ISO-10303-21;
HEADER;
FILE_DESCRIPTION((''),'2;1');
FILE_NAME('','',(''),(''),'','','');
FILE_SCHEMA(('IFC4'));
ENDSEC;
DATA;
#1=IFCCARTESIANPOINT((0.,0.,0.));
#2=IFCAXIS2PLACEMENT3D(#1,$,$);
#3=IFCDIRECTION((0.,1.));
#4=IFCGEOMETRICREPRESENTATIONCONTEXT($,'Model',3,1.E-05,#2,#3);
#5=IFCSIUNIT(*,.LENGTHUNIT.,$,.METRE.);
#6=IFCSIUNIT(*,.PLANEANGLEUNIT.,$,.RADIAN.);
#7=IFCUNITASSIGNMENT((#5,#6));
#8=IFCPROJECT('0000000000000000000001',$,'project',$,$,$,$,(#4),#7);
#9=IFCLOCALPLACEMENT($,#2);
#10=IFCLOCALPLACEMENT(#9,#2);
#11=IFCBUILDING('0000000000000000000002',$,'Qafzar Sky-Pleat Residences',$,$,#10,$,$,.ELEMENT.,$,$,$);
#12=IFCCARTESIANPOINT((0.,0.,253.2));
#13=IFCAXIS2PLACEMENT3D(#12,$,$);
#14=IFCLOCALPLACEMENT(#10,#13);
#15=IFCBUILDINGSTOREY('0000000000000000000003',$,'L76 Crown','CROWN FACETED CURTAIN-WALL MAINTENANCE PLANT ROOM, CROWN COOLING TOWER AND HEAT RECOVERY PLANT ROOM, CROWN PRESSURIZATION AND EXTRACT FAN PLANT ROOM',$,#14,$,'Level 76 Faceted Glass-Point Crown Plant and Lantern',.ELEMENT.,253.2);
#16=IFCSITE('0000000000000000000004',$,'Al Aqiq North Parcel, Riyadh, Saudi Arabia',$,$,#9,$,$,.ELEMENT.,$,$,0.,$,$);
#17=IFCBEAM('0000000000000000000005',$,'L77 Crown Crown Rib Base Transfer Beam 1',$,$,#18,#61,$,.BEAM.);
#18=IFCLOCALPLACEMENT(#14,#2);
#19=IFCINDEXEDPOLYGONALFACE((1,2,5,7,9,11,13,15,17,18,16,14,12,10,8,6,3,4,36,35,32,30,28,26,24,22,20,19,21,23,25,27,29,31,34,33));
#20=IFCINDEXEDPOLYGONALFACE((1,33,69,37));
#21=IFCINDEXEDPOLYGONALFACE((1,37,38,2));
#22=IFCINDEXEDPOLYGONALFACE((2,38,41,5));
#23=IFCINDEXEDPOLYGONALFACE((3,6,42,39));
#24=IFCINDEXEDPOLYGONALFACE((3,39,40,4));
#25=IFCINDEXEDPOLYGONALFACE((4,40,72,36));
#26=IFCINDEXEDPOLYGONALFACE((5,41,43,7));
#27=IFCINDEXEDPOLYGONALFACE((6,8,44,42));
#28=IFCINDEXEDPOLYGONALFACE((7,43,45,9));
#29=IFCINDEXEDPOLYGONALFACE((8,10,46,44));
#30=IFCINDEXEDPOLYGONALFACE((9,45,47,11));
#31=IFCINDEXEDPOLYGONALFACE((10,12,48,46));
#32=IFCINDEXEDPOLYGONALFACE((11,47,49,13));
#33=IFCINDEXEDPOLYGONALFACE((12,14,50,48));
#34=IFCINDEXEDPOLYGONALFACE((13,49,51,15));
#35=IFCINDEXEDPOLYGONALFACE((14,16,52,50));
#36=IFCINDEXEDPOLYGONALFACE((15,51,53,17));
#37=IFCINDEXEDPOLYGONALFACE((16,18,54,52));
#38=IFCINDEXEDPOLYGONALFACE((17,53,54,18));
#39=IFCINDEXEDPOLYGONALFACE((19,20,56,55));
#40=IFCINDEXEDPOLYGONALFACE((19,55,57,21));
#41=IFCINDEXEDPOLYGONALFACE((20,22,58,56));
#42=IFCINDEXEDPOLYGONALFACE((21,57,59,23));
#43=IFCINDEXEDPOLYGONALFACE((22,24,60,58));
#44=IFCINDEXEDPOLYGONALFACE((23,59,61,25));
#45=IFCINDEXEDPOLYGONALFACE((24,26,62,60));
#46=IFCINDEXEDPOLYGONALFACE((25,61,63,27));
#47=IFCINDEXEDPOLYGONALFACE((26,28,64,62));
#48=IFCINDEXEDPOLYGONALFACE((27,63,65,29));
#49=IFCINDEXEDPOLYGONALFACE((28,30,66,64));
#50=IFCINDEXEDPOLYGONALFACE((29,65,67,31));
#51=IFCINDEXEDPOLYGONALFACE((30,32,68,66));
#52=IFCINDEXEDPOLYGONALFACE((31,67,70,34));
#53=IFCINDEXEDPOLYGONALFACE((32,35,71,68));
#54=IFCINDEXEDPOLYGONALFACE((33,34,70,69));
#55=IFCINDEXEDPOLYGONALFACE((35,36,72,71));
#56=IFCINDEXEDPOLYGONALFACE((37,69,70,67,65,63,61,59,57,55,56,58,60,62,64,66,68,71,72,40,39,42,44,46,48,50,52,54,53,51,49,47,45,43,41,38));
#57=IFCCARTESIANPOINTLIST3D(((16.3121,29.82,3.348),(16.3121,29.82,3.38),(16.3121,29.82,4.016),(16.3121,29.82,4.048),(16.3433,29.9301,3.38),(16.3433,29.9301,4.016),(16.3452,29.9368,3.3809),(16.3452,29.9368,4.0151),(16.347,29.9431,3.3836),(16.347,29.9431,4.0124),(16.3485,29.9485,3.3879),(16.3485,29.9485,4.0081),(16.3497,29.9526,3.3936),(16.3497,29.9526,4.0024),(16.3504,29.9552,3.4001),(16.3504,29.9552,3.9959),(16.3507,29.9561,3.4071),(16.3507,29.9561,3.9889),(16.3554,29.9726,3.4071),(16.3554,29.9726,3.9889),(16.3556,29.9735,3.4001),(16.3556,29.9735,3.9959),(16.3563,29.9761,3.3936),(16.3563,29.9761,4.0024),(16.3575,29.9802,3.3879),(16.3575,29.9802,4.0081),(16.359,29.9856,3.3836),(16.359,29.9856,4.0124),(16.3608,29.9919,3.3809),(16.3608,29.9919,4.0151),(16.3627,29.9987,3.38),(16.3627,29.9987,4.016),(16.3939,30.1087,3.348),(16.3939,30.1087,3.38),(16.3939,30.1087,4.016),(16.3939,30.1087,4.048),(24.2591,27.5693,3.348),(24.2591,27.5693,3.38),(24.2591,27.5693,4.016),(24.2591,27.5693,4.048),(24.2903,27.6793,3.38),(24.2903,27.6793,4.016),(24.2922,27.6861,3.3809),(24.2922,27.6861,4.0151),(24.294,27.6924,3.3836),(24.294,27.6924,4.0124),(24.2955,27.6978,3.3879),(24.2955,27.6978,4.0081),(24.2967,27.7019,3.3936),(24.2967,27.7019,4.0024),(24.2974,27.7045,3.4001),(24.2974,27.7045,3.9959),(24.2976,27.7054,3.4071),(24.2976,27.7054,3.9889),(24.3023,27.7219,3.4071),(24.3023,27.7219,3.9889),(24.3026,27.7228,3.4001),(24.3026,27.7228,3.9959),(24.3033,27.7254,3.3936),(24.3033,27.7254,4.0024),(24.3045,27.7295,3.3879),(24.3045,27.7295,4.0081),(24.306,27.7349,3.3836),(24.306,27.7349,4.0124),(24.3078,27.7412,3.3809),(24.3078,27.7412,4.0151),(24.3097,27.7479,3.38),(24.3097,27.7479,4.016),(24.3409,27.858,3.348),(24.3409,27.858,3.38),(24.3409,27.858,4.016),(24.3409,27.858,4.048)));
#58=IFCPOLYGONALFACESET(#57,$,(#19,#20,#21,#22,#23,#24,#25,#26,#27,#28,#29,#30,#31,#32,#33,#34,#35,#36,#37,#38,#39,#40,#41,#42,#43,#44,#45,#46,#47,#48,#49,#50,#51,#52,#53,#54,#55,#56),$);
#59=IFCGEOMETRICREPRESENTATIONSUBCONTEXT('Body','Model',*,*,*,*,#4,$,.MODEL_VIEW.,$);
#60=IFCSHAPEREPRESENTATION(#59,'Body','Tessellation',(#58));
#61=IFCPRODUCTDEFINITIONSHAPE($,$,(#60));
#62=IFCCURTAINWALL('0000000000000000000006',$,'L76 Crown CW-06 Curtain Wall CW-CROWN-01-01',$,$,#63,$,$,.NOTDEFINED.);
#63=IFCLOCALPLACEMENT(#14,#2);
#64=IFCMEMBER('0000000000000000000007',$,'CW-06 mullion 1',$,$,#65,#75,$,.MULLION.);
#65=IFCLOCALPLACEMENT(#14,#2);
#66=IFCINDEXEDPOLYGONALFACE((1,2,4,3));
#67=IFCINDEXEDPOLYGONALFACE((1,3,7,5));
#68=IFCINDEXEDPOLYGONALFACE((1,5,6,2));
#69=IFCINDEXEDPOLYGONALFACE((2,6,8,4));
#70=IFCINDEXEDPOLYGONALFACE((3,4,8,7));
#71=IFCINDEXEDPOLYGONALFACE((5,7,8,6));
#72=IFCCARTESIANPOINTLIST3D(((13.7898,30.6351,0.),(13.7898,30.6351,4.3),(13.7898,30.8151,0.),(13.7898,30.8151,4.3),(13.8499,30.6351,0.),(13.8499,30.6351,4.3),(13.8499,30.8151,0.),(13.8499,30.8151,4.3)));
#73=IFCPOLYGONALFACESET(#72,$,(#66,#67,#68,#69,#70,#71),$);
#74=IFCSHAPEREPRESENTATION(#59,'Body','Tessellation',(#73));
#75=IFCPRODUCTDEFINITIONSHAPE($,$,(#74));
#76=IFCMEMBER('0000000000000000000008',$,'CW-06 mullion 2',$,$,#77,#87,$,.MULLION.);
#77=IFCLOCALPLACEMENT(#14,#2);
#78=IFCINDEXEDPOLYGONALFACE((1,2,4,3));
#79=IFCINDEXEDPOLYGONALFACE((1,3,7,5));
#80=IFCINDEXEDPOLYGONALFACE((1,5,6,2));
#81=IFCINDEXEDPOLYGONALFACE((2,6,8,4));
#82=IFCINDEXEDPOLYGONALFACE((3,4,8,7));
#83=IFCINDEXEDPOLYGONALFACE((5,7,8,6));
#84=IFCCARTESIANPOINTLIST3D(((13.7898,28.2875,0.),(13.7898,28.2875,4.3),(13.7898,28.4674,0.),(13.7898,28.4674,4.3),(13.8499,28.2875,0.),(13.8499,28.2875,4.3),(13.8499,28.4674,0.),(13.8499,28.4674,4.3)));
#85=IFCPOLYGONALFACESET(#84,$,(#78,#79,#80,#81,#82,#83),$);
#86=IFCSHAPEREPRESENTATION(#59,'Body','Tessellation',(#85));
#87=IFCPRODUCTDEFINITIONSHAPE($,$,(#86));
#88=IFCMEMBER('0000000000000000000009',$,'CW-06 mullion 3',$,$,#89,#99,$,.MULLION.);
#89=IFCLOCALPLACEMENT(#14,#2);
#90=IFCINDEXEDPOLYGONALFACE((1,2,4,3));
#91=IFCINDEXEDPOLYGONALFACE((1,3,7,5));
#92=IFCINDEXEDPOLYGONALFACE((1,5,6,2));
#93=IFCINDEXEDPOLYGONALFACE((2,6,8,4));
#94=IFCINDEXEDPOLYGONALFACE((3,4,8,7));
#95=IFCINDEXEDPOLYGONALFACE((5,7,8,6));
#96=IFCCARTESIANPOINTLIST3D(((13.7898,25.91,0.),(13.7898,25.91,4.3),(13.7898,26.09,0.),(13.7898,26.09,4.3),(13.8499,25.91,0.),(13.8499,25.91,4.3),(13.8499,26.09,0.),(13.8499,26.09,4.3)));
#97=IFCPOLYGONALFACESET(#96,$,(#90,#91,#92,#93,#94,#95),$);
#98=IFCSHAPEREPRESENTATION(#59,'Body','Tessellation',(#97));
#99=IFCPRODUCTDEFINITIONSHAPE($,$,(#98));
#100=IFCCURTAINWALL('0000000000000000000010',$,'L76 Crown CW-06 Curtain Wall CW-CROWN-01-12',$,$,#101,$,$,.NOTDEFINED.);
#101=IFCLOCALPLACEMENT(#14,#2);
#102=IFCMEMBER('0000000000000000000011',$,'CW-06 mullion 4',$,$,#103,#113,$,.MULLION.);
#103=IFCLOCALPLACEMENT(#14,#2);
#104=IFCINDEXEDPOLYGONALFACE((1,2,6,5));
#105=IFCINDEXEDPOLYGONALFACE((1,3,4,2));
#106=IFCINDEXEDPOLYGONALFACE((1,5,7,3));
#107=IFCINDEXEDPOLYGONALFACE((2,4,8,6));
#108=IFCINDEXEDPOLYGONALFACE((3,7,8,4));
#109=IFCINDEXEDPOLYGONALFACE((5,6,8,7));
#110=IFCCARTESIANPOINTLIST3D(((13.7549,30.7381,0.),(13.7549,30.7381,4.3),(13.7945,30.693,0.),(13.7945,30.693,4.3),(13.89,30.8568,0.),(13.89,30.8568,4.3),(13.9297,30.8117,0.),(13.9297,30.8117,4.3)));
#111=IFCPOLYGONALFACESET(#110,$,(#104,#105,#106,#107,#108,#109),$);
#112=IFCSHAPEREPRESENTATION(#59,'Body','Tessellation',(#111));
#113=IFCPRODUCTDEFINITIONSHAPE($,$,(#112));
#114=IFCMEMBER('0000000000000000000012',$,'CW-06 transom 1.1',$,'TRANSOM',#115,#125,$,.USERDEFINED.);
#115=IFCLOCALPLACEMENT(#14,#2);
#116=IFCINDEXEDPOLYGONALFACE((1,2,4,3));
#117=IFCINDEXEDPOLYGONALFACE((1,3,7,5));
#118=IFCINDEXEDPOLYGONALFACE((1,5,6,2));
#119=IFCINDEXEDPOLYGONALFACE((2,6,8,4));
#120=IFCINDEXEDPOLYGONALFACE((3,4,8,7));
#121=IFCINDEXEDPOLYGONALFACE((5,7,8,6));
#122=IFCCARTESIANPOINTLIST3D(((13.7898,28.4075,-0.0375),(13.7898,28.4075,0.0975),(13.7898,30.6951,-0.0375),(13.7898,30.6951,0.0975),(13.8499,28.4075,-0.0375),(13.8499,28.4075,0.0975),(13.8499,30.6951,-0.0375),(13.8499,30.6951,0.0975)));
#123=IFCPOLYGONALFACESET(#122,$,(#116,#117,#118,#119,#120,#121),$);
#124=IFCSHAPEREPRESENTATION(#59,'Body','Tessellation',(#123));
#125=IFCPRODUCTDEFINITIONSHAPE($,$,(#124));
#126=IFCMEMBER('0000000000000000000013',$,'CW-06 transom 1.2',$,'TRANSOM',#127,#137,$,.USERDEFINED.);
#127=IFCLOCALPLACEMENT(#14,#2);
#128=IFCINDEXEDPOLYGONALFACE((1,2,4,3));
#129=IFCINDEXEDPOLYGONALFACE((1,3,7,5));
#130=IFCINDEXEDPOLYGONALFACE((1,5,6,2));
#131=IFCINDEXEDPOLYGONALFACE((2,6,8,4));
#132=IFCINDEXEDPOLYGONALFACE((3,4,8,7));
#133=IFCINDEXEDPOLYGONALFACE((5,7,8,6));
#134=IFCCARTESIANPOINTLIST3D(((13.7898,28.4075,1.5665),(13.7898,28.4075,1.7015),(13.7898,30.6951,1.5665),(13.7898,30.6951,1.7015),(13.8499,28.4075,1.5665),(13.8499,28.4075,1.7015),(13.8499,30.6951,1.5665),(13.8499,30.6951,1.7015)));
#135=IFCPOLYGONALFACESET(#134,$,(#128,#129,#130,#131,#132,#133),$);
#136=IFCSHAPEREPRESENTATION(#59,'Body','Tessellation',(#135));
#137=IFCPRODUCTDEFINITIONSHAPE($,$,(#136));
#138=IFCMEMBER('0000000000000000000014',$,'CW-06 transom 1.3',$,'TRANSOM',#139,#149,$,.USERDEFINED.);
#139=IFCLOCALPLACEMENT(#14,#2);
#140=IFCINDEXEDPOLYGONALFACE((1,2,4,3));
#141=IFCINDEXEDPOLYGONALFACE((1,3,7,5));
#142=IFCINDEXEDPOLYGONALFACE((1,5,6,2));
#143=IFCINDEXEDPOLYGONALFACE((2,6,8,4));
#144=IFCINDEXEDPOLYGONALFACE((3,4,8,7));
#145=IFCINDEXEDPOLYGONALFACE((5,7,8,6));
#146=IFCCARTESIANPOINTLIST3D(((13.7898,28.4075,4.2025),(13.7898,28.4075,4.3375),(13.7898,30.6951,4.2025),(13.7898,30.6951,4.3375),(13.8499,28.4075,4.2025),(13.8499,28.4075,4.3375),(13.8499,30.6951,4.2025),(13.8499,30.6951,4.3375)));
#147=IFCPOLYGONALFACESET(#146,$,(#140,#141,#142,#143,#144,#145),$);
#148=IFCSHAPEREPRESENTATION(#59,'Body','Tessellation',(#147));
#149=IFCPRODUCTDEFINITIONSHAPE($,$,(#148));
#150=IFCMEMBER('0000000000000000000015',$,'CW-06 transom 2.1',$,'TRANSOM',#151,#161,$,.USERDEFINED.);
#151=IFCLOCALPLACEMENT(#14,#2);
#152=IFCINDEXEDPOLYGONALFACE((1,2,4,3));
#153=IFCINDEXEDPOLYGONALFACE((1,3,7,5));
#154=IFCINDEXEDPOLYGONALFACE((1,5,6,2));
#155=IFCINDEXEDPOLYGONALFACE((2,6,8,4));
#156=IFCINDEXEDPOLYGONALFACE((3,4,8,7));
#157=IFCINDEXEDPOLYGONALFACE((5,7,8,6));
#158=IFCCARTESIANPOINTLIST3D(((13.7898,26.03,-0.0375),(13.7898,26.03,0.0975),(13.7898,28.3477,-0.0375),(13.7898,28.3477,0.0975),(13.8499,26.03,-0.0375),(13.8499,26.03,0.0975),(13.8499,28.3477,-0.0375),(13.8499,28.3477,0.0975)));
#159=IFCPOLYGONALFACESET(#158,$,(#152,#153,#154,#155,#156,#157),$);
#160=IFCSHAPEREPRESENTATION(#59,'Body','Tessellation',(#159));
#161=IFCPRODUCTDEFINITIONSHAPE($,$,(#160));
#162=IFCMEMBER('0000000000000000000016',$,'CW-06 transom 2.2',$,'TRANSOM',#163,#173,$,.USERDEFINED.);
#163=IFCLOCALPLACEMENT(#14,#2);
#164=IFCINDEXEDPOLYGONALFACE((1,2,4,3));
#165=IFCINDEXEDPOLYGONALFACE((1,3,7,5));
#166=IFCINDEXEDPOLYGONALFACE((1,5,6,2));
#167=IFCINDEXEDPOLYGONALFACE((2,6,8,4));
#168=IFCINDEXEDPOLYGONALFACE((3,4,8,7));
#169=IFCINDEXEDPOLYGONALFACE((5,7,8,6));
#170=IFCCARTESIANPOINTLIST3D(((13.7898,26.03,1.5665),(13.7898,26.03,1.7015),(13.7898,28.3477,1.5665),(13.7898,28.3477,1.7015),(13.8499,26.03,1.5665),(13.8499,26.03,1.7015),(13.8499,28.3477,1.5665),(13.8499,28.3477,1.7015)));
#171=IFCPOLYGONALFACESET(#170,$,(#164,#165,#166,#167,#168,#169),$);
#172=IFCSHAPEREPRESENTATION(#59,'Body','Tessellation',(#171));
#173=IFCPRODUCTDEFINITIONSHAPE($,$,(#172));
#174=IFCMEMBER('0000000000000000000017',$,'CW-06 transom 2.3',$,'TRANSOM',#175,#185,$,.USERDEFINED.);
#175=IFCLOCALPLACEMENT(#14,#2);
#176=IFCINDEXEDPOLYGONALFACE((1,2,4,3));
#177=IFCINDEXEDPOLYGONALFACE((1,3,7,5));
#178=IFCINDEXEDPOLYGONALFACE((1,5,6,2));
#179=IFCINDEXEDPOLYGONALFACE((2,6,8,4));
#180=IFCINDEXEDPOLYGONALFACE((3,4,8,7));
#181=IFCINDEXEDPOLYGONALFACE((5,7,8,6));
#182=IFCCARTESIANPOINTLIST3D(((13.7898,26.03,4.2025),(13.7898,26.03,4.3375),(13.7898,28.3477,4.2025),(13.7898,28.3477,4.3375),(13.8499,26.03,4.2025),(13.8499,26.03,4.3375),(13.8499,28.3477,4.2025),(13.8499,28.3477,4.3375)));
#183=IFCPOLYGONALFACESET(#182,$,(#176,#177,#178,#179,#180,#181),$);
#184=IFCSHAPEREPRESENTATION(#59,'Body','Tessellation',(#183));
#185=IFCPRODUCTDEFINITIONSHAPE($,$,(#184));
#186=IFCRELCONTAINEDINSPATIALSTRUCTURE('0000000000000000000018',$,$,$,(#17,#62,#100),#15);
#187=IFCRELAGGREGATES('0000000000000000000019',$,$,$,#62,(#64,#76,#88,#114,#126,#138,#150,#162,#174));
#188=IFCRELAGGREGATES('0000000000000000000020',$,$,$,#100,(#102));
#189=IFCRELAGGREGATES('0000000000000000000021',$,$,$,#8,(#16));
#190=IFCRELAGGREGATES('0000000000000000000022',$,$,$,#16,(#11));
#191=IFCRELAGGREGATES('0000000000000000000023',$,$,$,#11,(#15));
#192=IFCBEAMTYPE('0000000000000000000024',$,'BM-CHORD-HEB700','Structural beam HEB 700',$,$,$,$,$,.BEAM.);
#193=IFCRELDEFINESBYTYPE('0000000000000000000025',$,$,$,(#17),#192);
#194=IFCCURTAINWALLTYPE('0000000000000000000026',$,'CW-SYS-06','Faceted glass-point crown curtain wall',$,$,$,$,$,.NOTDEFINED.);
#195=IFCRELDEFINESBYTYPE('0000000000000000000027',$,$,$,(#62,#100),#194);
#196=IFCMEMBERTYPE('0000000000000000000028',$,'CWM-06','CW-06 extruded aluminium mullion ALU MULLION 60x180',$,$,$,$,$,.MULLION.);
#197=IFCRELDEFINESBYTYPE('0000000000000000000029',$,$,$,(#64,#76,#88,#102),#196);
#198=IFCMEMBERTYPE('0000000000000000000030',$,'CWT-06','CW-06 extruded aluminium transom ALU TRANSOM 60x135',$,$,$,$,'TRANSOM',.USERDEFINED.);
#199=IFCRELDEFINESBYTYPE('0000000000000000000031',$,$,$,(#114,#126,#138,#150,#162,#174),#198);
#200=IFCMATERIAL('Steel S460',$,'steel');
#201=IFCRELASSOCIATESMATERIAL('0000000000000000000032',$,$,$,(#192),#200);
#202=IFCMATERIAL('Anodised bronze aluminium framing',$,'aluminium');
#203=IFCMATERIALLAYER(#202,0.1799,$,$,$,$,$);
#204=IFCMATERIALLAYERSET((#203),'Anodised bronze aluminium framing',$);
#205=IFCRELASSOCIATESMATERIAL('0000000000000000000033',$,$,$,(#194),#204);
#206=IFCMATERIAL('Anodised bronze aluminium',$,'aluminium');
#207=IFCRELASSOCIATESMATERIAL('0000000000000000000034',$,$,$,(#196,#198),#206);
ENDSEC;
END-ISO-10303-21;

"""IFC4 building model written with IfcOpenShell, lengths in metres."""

from ifc_helpers import new_model, si_unit, direction, frame, origin, origin_2d, place, context, subcontext, project, spatial, rectangle, i_section, extrude, source, transform, mapped, material, layer, layer_set, material_profile, profile_set, type_object, element, aggregate, save


model = new_model("IFC4")

# Units and contexts
model_context = context("Model", 3, precision=1e-05, world=origin(), true_north=direction((0.0, 1.0)))
body_context = subcontext(model_context, "Body", "Model", "MODEL_VIEW")
ifc_project = project(units=[si_unit("LENGTHUNIT", "METRE"), si_unit("PLANEANGLEUNIT", "RADIAN")], contexts=[model_context])

# Site, building, storey
site_placement = place(None, origin())
site = spatial("IfcSite", under=ifc_project, at=site_placement, Name="Al Aqiq North Parcel, Riyadh, Saudi Arabia", CompositionType="ELEMENT", RefElevation=0.0)
building_placement = place(site_placement, origin())
building = spatial("IfcBuilding", under=site, at=building_placement, Name="Qafzar Sky-Pleat Residences", CompositionType="ELEMENT")
storey_placement = place(building_placement, frame((0.0, 0.0, 253.2)))
storey = spatial("IfcBuildingStorey", under=building, at=storey_placement, Name="L76 Crown", Description="CROWN FACETED CURTAIN-WALL MAINTENANCE PLANT ROOM, CROWN COOLING TOWER AND HEAT RECOVERY PLANT ROOM, CROWN PRESSURIZATION AND EXTRACT FAN PLANT ROOM", LongName="Level 76 Faceted Glass-Point Crown Plant and Lantern", CompositionType="ELEMENT", Elevation=253.2)

# Shared definitions
ifc_material_1 = material(Name="Steel S460", Category="steel")

# Beam
ifc_material_profile_1 = material_profile(ifc_material_1, i_section(OverallWidth=0.3, OverallDepth=0.7, WebThickness=0.0171, FlangeThickness=0.032, FilletRadius=0.0271, at=origin_2d()), Name="HEB 700")
ifc_profile_set_1 = profile_set([ifc_material_profile_1], Name="Steel S460")
beam_type = type_object("IfcBeamType", Name="BM-CHORD-HEB700", Description="Structural beam HEB 700", PredefinedType="BEAM", material=ifc_profile_set_1)
shared_shape_1 = source(origin(), body_context, "Body", "SweptSolid", [
    extrude(i_section(OverallWidth=0.3, OverallDepth=0.7, WebThickness=0.0171, FlangeThickness=0.032, FilletRadius=0.0271, at=origin_2d()), origin(), (0.0, 0.0, 1.0), 8.2595),
])
beam_placement = place(storey_placement, frame((16.353, 29.9644, 3.698), z_axis=(0.962156, -0.272499, 0.0), x_axis=(0.272499, 0.962156, 0.0)))
element("IfcBeam", 1, at=beam_placement, inside=storey, type_object=beam_type, Name="L77 Crown Crown Rib Base Transfer Beam 1", PredefinedType="BEAM", context=body_context, shape_type="MappedRepresentation", body=[
    mapped(shared_shape_1, transform((0.0, 0.0, 0.0), x_axis=(1.0, 0.0, 0.0), y_axis=(0.0, 1.0, 0.0), z_axis=(0.0, 0.0, 1.0), scale=1.0)),
])

# Curtain wall, members
ifc_material_2 = material(Name="Anodised bronze aluminium framing", Category="aluminium")
ifc_layer_1 = layer(ifc_material_2, 0.1799)
ifc_layer_set_1 = layer_set([ifc_layer_1], Name="Anodised bronze aluminium framing")
curtain_wall_type = type_object("IfcCurtainWallType", Name="CW-SYS-06", Description="Faceted glass-point crown curtain wall", PredefinedType="NOTDEFINED", material=ifc_layer_set_1)
curtain_wall_1_placement = place(storey_placement, origin())
curtain_wall_1 = element("IfcCurtainWall", 2, at=curtain_wall_1_placement, inside=storey, type_object=curtain_wall_type, Name="L76 Crown CW-06 Curtain Wall CW-CROWN-01-01", PredefinedType="NOTDEFINED")
ifc_material_3 = material(Name="Anodised bronze aluminium", Category="aluminium")
ifc_material_profile_2 = material_profile(ifc_material_3, rectangle(XDim=0.0601, YDim=0.1799, at=origin_2d()), Name="ALU MULLION 60x180")
ifc_profile_set_2 = profile_set([ifc_material_profile_2], Name="Anodised bronze aluminium")
member_type_1 = type_object("IfcMemberType", Name="CWM-06", Description="CW-06 extruded aluminium mullion ALU MULLION 60x180", PredefinedType="MULLION", material=ifc_profile_set_2)
shared_shape_2 = source(origin(), body_context, "Body", "SweptSolid", [
    extrude(rectangle(XDim=0.0601, YDim=0.1799, at=origin_2d()), origin(), (0.0, 0.0, 1.0), 4.3),
])
member_1_placement = place(storey_placement, frame((13.8198, 30.7251, 0.0), z_axis=(0.0, 0.0, 1.0), x_axis=(1.0, 0.0, 0.0)))
member_1 = element("IfcMember", 3, at=member_1_placement, type_object=member_type_1, Name="CW-06 mullion 1", PredefinedType="MULLION", context=body_context, shape_type="MappedRepresentation", body=[
    mapped(shared_shape_2, transform((0.0, 0.0, 0.0), x_axis=(1.0, 0.0, 0.0), y_axis=(0.0, 1.0, 0.0), z_axis=(0.0, 0.0, 1.0), scale=1.0)),
])
member_2_placement = place(storey_placement, frame((13.8198, 28.3774, 0.0), z_axis=(0.0, 0.0, 1.0), x_axis=(1.0, 0.0, 0.0)))
member_2 = element("IfcMember", 4, at=member_2_placement, type_object=member_type_1, Name="CW-06 mullion 2", PredefinedType="MULLION", context=body_context, shape_type="MappedRepresentation", body=[
    mapped(shared_shape_2, transform((0.0, 0.0, 0.0), x_axis=(1.0, 0.0, 0.0), y_axis=(0.0, 1.0, 0.0), z_axis=(0.0, 0.0, 1.0), scale=1.0)),
])
member_3_placement = place(storey_placement, frame((13.8198, 26.0, 0.0), z_axis=(0.0, 0.0, 1.0), x_axis=(1.0, 0.0, 0.0)))
member_3 = element("IfcMember", 5, at=member_3_placement, type_object=member_type_1, Name="CW-06 mullion 3", PredefinedType="MULLION", context=body_context, shape_type="MappedRepresentation", body=[
    mapped(shared_shape_2, transform((0.0, 0.0, 0.0), x_axis=(1.0, 0.0, 0.0), y_axis=(0.0, 1.0, 0.0), z_axis=(0.0, 0.0, 1.0), scale=1.0)),
])

# Curtain wall, member
curtain_wall_2_placement = place(storey_placement, origin())
curtain_wall_2 = element("IfcCurtainWall", 6, at=curtain_wall_2_placement, inside=storey, type_object=curtain_wall_type, Name="L76 Crown CW-06 Curtain Wall CW-CROWN-01-12", PredefinedType="NOTDEFINED")
member_4_placement = place(storey_placement, frame((13.8423, 30.7749, 0.0), z_axis=(0.0, 0.0, 1.0), x_axis=(0.660129, -0.751152, 0.0)))
member_4 = element("IfcMember", 7, at=member_4_placement, type_object=member_type_1, Name="CW-06 mullion 4", PredefinedType="MULLION", context=body_context, shape_type="MappedRepresentation", body=[
    mapped(shared_shape_2, transform((0.0, 0.0, 0.0), x_axis=(1.0, 0.0, 0.0), y_axis=(0.0, 1.0, 0.0), z_axis=(0.0, 0.0, 1.0), scale=1.0)),
])

# Members
ifc_material_profile_3 = material_profile(ifc_material_3, rectangle(XDim=0.0601, YDim=0.135, at=origin_2d()), Name="ALU TRANSOM 60x135")
ifc_profile_set_3 = profile_set([ifc_material_profile_3], Name="Anodised bronze aluminium")
member_type_2 = type_object("IfcMemberType", Name="CWT-06", Description="CW-06 extruded aluminium transom ALU TRANSOM 60x135", ElementType="TRANSOM", PredefinedType="USERDEFINED", material=ifc_profile_set_3)
shared_shape_3 = source(origin(), body_context, "Body", "SweptSolid", [
    extrude(rectangle(XDim=0.0601, YDim=0.135, at=origin_2d()), origin(), (0.0, 0.0, 1.0), 2.2876),
])
member_5_placement = place(storey_placement, frame((13.8198, 30.6951, 0.03), z_axis=(0.0, -1.0, 0.0), x_axis=(1.0, 0.0, 0.0)))
member_5 = element("IfcMember", 8, at=member_5_placement, type_object=member_type_2, Name="CW-06 transom 1.1", ObjectType="TRANSOM", PredefinedType="USERDEFINED", context=body_context, shape_type="MappedRepresentation", body=[
    mapped(shared_shape_3, transform((0.0, 0.0, 0.0), x_axis=(1.0, 0.0, 0.0), y_axis=(0.0, 1.0, 0.0), z_axis=(0.0, 0.0, 1.0), scale=1.0)),
])
member_6_placement = place(storey_placement, frame((13.8198, 30.6951, 1.634), z_axis=(0.0, -1.0, 0.0), x_axis=(1.0, 0.0, 0.0)))
member_6 = element("IfcMember", 9, at=member_6_placement, type_object=member_type_2, Name="CW-06 transom 1.2", ObjectType="TRANSOM", PredefinedType="USERDEFINED", context=body_context, shape_type="MappedRepresentation", body=[
    mapped(shared_shape_3, transform((0.0, 0.0, 0.0), x_axis=(1.0, 0.0, 0.0), y_axis=(0.0, 1.0, 0.0), z_axis=(0.0, 0.0, 1.0), scale=1.0)),
])
member_7_placement = place(storey_placement, frame((13.8198, 30.6951, 4.27), z_axis=(0.0, -1.0, 0.0), x_axis=(1.0, 0.0, 0.0)))
member_7 = element("IfcMember", 10, at=member_7_placement, type_object=member_type_2, Name="CW-06 transom 1.3", ObjectType="TRANSOM", PredefinedType="USERDEFINED", context=body_context, shape_type="MappedRepresentation", body=[
    mapped(shared_shape_3, transform((0.0, 0.0, 0.0), x_axis=(1.0, 0.0, 0.0), y_axis=(0.0, 1.0, 0.0), z_axis=(0.0, 0.0, 1.0), scale=1.0)),
])
shared_shape_4 = source(origin(), body_context, "Body", "SweptSolid", [
    extrude(rectangle(XDim=0.0601, YDim=0.135, at=origin_2d()), origin(), (0.0, 0.0, 1.0), 2.3176),
])
member_8_placement = place(storey_placement, frame((13.8198, 28.3477, 0.03), z_axis=(0.0, -1.0, 0.0), x_axis=(1.0, 0.0, 0.0)))
member_8 = element("IfcMember", 11, at=member_8_placement, type_object=member_type_2, Name="CW-06 transom 2.1", ObjectType="TRANSOM", PredefinedType="USERDEFINED", context=body_context, shape_type="MappedRepresentation", body=[
    mapped(shared_shape_4, transform((0.0, 0.0, 0.0), x_axis=(1.0, 0.0, 0.0), y_axis=(0.0, 1.0, 0.0), z_axis=(0.0, 0.0, 1.0), scale=1.0)),
])
member_9_placement = place(storey_placement, frame((13.8198, 28.3477, 1.634), z_axis=(0.0, -1.0, 0.0), x_axis=(1.0, 0.0, 0.0)))
member_9 = element("IfcMember", 12, at=member_9_placement, type_object=member_type_2, Name="CW-06 transom 2.2", ObjectType="TRANSOM", PredefinedType="USERDEFINED", context=body_context, shape_type="MappedRepresentation", body=[
    mapped(shared_shape_4, transform((0.0, 0.0, 0.0), x_axis=(1.0, 0.0, 0.0), y_axis=(0.0, 1.0, 0.0), z_axis=(0.0, 0.0, 1.0), scale=1.0)),
])
member_10_placement = place(storey_placement, frame((13.8198, 28.3477, 4.27), z_axis=(0.0, -1.0, 0.0), x_axis=(1.0, 0.0, 0.0)))
member_10 = element("IfcMember", 13, at=member_10_placement, type_object=member_type_2, Name="CW-06 transom 2.3", ObjectType="TRANSOM", PredefinedType="USERDEFINED", context=body_context, shape_type="MappedRepresentation", body=[
    mapped(shared_shape_4, transform((0.0, 0.0, 0.0), x_axis=(1.0, 0.0, 0.0), y_axis=(0.0, 1.0, 0.0), z_axis=(0.0, 0.0, 1.0), scale=1.0)),
])

aggregate(curtain_wall_1, [member_1, member_2, member_3, member_5, member_6, member_7, member_8, member_9, member_10])
aggregate(curtain_wall_2, [member_4])

save(model, "model.ifc")
